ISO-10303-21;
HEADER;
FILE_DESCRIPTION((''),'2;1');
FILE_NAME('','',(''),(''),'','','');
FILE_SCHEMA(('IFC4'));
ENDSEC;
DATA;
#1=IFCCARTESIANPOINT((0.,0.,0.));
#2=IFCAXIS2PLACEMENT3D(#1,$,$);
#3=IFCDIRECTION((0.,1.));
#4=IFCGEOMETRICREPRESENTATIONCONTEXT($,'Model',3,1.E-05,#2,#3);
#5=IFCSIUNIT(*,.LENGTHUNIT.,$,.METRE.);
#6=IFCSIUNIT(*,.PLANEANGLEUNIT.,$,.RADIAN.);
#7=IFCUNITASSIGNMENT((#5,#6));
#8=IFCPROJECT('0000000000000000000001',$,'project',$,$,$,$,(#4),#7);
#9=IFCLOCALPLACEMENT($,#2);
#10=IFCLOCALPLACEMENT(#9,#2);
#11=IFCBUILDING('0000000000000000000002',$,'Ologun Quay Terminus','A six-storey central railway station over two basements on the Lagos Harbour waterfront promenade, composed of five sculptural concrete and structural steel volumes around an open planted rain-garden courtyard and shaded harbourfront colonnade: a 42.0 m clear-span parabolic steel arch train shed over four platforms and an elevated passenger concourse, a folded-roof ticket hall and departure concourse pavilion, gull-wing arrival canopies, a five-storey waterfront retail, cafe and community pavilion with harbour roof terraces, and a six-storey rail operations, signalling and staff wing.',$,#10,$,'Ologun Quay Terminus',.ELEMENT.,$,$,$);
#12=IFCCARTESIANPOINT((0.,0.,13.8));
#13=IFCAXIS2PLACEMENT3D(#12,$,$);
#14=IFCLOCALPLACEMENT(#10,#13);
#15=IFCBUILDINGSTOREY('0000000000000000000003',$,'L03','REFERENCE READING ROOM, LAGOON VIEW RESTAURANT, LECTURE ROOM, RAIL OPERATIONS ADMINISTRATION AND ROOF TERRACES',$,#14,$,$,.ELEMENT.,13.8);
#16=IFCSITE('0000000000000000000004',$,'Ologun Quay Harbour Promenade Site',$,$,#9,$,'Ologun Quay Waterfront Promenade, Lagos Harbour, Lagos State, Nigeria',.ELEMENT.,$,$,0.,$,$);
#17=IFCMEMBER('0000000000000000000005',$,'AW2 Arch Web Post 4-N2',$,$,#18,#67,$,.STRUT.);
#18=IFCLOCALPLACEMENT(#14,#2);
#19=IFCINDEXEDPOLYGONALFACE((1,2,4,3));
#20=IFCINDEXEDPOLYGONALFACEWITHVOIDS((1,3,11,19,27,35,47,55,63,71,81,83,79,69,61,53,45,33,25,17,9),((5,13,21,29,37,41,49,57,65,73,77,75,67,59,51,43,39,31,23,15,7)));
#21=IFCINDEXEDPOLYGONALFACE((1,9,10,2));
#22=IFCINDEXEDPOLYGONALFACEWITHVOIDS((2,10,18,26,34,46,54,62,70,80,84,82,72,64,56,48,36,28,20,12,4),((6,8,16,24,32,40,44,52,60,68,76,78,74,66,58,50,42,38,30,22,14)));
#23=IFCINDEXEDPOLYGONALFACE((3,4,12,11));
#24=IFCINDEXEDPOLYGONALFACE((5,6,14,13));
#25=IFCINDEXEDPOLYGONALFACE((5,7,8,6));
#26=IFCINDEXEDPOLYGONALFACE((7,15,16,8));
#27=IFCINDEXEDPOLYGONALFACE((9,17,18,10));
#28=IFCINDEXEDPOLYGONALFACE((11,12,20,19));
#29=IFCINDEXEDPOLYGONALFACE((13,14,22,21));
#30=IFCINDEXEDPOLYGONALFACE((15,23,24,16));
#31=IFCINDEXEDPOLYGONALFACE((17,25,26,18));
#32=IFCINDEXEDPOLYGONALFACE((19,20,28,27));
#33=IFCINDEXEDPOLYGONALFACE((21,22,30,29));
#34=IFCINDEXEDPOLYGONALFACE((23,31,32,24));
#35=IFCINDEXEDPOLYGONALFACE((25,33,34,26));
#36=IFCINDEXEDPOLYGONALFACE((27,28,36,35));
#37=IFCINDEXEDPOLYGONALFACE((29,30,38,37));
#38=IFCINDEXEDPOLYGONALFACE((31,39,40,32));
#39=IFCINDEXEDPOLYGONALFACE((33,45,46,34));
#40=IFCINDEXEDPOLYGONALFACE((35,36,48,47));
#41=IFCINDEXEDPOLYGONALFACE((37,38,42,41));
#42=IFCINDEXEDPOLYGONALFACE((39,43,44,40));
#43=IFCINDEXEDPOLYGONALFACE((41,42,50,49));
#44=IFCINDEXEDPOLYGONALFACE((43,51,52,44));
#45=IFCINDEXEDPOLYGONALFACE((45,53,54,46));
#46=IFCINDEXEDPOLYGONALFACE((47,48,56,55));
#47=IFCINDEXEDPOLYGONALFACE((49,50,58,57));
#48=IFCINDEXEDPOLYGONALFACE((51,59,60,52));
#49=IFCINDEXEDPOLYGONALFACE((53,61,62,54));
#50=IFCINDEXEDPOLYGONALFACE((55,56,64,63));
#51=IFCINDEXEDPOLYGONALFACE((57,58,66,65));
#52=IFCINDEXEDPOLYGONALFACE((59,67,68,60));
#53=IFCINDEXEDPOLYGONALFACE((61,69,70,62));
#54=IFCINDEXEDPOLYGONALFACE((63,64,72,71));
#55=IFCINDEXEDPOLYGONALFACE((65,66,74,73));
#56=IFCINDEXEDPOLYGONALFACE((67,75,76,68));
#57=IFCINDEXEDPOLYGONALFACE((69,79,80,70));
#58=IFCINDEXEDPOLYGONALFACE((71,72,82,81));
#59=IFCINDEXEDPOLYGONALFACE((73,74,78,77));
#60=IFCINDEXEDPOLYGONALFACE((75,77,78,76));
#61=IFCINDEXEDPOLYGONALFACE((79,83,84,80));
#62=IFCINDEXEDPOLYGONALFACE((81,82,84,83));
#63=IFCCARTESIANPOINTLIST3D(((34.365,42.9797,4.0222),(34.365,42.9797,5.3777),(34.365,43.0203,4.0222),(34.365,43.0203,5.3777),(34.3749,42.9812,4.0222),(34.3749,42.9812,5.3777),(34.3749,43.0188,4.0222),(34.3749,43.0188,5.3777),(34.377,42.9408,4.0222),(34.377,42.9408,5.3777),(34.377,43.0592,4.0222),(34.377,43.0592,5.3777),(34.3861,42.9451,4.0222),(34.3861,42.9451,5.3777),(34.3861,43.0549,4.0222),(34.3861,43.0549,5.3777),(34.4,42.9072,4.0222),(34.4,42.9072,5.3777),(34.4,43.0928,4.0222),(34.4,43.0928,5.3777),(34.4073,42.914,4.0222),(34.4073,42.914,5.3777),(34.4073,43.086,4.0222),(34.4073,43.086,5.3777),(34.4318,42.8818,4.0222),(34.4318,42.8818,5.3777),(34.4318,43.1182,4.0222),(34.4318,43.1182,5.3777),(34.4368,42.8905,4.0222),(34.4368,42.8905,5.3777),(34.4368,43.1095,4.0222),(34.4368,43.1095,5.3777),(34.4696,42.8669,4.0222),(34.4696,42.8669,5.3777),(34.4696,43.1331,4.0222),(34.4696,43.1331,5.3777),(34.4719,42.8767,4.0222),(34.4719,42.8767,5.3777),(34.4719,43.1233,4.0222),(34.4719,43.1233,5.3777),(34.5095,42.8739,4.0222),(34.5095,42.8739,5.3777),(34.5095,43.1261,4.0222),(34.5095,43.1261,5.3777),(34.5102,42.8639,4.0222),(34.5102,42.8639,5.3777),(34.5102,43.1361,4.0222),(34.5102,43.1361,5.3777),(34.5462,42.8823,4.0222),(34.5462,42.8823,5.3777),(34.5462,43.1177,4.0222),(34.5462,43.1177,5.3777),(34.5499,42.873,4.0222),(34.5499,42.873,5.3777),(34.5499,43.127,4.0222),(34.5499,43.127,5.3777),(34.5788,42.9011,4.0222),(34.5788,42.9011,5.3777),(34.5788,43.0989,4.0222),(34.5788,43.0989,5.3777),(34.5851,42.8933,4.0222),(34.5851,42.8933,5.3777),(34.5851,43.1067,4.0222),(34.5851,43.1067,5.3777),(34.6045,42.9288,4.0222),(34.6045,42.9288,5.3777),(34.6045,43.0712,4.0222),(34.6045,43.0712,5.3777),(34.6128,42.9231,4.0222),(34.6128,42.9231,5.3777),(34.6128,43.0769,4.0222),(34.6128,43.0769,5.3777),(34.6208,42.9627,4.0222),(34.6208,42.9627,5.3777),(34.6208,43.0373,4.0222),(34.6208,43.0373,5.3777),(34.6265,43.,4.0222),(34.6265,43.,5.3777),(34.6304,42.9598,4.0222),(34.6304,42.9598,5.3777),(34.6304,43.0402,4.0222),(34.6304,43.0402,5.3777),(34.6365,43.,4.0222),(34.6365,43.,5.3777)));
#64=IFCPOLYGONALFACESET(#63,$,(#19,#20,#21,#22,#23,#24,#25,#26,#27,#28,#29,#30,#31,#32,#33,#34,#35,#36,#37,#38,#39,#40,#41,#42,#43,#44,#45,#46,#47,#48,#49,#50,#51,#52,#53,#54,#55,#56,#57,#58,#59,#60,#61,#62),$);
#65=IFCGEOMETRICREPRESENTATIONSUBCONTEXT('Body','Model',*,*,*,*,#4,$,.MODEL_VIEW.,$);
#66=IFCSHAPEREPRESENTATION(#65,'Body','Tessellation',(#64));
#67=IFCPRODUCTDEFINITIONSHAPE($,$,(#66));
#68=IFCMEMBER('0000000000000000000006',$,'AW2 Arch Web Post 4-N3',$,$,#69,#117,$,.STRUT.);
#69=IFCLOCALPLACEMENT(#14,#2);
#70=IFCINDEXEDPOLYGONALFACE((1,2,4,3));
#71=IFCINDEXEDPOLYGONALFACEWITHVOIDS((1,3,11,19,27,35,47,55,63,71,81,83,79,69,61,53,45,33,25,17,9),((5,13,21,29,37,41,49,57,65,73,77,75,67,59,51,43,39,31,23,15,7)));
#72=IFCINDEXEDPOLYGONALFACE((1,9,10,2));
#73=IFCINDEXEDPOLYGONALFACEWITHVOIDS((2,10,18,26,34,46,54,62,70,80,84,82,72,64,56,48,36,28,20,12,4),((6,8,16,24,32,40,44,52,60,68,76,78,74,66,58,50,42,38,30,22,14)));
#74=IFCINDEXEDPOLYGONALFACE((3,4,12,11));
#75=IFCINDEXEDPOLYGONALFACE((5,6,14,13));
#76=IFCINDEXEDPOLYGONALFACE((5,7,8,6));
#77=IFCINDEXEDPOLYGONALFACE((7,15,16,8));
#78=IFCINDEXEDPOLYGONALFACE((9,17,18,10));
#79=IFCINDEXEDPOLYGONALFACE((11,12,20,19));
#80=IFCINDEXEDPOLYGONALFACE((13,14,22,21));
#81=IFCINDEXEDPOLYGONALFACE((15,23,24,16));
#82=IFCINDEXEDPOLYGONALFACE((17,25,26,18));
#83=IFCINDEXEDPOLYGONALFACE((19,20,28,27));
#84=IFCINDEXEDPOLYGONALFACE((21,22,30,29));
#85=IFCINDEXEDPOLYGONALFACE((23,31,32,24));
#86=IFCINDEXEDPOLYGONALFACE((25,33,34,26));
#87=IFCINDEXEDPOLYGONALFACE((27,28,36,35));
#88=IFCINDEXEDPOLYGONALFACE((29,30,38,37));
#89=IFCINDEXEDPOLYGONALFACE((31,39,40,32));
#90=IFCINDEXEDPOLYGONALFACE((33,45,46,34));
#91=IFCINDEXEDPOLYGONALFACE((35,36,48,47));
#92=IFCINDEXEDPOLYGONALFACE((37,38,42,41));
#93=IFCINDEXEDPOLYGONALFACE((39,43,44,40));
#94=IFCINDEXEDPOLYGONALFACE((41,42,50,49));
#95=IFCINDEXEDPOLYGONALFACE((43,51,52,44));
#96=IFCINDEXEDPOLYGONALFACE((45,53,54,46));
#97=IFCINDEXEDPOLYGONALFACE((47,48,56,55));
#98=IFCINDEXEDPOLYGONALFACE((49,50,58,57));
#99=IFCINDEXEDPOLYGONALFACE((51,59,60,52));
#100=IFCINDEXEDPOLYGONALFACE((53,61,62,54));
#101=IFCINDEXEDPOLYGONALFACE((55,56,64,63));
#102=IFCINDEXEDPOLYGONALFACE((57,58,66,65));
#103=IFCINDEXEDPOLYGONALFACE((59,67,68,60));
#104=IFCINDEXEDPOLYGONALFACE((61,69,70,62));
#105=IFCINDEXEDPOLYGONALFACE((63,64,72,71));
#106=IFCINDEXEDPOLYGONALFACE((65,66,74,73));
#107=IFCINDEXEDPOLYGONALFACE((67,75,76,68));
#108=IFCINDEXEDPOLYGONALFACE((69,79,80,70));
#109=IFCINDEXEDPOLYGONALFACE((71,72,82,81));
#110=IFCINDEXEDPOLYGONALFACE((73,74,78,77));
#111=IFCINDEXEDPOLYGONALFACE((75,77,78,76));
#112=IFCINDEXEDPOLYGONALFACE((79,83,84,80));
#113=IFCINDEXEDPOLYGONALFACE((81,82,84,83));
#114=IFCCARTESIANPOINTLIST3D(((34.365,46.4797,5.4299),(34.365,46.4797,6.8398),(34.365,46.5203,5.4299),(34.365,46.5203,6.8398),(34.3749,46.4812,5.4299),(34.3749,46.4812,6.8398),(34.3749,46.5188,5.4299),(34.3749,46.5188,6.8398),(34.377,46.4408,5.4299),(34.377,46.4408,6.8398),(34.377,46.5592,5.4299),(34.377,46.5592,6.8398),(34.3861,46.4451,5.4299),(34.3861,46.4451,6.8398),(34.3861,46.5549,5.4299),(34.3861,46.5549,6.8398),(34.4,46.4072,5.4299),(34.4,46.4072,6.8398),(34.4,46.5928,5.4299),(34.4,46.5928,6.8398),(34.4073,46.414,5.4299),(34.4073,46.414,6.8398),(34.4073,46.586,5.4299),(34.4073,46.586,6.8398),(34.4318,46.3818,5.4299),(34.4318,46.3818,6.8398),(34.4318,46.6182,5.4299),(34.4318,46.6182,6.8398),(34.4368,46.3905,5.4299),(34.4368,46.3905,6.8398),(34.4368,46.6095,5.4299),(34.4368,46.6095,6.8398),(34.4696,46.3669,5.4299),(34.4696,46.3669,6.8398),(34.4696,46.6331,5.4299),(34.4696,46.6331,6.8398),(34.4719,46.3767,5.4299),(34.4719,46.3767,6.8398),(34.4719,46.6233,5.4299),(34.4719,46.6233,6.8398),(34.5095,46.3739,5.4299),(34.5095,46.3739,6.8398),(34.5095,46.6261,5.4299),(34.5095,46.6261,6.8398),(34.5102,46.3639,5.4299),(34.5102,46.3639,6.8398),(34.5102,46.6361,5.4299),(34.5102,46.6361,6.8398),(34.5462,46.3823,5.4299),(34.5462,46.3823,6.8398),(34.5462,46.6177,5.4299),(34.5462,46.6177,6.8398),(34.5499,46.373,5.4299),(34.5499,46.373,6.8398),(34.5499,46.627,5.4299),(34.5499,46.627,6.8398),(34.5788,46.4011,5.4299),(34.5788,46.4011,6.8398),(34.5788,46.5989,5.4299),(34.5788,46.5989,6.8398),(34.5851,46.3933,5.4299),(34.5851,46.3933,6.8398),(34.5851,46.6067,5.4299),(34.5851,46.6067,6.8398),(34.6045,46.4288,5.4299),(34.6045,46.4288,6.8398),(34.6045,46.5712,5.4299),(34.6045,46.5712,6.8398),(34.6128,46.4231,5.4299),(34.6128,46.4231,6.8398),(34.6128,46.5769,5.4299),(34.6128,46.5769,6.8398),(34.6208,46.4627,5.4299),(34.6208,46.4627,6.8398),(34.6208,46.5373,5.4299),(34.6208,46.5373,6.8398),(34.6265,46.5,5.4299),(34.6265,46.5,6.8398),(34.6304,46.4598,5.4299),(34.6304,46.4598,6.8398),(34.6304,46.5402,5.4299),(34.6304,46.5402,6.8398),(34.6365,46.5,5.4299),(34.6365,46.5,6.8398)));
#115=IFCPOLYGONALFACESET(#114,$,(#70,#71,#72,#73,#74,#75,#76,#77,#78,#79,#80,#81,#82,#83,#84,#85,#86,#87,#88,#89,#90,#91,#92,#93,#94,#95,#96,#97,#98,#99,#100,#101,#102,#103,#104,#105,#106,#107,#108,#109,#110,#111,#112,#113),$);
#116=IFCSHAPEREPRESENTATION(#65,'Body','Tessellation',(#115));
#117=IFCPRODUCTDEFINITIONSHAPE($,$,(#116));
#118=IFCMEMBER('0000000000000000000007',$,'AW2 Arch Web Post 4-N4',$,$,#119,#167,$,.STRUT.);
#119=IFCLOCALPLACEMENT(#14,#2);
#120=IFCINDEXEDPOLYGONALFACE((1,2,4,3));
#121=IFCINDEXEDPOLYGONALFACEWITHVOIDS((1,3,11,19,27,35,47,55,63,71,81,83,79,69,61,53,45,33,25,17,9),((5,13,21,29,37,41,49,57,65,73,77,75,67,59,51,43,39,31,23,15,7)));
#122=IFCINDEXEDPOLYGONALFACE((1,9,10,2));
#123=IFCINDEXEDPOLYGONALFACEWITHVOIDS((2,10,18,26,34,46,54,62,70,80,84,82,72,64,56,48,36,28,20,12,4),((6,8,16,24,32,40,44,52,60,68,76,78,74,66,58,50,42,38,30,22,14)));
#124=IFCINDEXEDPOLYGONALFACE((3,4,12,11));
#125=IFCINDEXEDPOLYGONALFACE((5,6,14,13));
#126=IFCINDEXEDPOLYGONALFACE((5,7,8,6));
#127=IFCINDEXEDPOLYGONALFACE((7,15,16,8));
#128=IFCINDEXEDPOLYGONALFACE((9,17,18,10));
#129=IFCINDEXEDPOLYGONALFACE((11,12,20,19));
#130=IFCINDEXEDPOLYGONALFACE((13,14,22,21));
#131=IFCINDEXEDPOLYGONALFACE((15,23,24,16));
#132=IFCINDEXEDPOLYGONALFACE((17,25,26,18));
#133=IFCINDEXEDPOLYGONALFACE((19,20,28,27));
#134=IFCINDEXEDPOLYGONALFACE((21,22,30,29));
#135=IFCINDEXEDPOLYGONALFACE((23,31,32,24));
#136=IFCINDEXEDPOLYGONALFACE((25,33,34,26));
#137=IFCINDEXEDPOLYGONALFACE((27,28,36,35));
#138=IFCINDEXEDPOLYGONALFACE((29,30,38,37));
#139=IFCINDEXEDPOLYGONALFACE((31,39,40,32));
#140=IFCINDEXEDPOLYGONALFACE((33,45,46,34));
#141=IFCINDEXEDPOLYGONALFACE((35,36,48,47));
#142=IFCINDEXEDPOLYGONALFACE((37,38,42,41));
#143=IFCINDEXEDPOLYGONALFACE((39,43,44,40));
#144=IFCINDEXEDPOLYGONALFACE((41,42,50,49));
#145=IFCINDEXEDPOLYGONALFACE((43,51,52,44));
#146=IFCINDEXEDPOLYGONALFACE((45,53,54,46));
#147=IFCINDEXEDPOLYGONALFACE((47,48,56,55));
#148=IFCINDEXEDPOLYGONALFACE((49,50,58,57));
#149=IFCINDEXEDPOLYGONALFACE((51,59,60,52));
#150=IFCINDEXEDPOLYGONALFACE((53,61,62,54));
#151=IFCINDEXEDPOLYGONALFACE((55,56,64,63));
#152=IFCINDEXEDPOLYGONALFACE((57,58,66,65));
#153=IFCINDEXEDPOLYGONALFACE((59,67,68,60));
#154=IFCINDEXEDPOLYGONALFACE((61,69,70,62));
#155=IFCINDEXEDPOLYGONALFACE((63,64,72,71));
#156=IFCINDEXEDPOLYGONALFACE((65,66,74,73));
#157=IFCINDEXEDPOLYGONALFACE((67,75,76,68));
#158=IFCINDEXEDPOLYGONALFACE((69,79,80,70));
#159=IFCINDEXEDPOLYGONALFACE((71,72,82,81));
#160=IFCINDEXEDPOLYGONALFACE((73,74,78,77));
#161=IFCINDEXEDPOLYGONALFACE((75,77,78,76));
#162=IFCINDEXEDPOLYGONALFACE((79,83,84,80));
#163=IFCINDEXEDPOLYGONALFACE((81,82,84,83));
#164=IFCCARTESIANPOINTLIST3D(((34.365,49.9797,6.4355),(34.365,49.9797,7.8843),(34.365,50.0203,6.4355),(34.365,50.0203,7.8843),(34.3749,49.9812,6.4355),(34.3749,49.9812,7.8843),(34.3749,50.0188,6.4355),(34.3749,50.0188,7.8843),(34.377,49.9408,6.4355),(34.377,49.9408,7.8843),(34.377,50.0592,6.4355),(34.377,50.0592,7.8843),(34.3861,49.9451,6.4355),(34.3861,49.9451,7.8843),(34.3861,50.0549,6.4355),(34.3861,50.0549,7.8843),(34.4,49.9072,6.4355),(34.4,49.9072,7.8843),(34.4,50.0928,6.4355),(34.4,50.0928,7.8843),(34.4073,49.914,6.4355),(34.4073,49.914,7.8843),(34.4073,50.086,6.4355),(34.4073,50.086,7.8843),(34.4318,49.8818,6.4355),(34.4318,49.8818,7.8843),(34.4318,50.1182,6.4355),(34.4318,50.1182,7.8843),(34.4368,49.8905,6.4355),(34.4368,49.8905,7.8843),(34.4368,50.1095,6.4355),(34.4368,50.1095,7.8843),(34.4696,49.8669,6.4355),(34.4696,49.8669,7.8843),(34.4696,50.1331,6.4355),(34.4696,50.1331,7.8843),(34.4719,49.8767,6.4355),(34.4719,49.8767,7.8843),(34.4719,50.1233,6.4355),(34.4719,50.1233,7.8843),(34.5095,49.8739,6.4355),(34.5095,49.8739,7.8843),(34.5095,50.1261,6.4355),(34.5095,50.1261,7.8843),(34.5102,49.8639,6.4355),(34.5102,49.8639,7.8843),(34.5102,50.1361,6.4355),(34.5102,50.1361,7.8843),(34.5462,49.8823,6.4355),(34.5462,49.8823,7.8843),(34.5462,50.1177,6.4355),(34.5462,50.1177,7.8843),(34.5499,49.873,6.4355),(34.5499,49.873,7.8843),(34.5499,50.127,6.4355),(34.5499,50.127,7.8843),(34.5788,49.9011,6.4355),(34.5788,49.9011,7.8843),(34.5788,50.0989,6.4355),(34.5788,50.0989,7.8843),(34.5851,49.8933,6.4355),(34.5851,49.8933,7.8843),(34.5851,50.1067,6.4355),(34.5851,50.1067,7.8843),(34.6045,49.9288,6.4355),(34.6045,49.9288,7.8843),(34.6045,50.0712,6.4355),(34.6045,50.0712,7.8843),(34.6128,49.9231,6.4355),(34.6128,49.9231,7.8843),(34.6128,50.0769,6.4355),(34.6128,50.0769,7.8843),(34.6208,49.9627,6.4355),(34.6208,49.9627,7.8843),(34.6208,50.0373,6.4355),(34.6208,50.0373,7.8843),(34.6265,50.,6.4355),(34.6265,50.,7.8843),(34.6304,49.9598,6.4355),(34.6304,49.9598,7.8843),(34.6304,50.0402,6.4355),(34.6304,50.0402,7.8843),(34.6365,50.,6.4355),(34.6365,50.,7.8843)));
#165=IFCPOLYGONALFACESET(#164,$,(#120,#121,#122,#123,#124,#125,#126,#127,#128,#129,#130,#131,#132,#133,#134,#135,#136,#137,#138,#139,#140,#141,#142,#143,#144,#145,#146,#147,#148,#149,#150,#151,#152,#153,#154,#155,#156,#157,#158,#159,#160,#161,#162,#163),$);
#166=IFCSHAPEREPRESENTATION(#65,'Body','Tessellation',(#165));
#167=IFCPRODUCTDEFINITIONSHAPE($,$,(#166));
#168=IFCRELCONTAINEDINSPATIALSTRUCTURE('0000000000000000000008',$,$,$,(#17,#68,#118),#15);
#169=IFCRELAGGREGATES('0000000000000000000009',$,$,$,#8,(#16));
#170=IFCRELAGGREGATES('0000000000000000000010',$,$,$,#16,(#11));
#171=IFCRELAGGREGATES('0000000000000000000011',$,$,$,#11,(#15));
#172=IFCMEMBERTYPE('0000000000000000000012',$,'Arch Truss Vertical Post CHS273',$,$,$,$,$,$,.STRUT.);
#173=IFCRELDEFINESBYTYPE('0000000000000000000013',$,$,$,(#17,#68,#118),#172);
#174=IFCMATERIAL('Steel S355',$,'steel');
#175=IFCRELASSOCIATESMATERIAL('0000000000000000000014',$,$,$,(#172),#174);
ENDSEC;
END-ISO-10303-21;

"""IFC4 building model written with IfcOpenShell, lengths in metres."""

from ifc_helpers import new_model, si_unit, direction, frame, origin, origin_2d, place, context, subcontext, project, spatial, hollow_circle, extrude, material, material_profile, profile_set, type_object, element, save


model = new_model("IFC4")

# Units and contexts
model_context = context("Model", 3, precision=1e-05, world=origin(), true_north=direction((0.0, 1.0)))
body_context = subcontext(model_context, "Body", "Model", "MODEL_VIEW")
ifc_project = project(units=[si_unit("LENGTHUNIT", "METRE"), si_unit("PLANEANGLEUNIT", "RADIAN")], contexts=[model_context])

# Site, building, storey
site_placement = place(None, origin())
site = spatial("IfcSite", under=ifc_project, at=site_placement, Name="Ologun Quay Harbour Promenade Site", LongName="Ologun Quay Waterfront Promenade, Lagos Harbour, Lagos State, Nigeria", CompositionType="ELEMENT", RefElevation=0.0)
building_placement = place(site_placement, origin())
building = spatial("IfcBuilding", under=site, at=building_placement, Name="Ologun Quay Terminus", Description="A six-storey central railway station over two basements on the Lagos Harbour waterfront promenade, composed of five sculptural concrete and structural steel volumes around an open planted rain-garden courtyard and shaded harbourfront colonnade: a 42.0 m clear-span parabolic steel arch train shed over four platforms and an elevated passenger concourse, a folded-roof ticket hall and departure concourse pavilion, gull-wing arrival canopies, a five-storey waterfront retail, cafe and community pavilion with harbour roof terraces, and a six-storey rail operations, signalling and staff wing.", LongName="Ologun Quay Terminus", CompositionType="ELEMENT")
storey_placement = place(building_placement, frame((0.0, 0.0, 13.8)))
storey = spatial("IfcBuildingStorey", under=building, at=storey_placement, Name="L03", Description="REFERENCE READING ROOM, LAGOON VIEW RESTAURANT, LECTURE ROOM, RAIL OPERATIONS ADMINISTRATION AND ROOF TERRACES", CompositionType="ELEMENT", Elevation=13.8)

# Members
ifc_material_1 = material(Name="Steel S355", Category="steel")
ifc_material_profile_1 = material_profile(ifc_material_1, hollow_circle(Radius=0.1365, WallThickness=0.01, at=origin_2d()), Name="CHS 273x10")
ifc_profile_set_1 = profile_set([ifc_material_profile_1], Name="Steel S355")
member_type_1 = type_object("IfcMemberType", Name="Arch Truss Vertical Post CHS273", PredefinedType="STRUT", material=ifc_profile_set_1)
member_1_placement = place(storey_placement, frame((34.5, 43.0, 4.0222), z_axis=(0.0, 0.0, 1.0), x_axis=(1.0, 0.0, 0.0)))
element("IfcMember", 1, at=member_1_placement, inside=storey, type_object=member_type_1, Name="AW2 Arch Web Post 4-N2", PredefinedType="STRUT", context=body_context, shape_type="SweptSolid", body=[
    extrude(hollow_circle(Radius=0.1365, WallThickness=0.01, at=origin_2d()), origin(), (0.0, 0.0, 1.0), 1.3555),
])
member_2_placement = place(storey_placement, frame((34.5, 46.5, 5.4299), z_axis=(0.0, 0.0, 1.0), x_axis=(1.0, 0.0, 0.0)))
element("IfcMember", 2, at=member_2_placement, inside=storey, type_object=member_type_1, Name="AW2 Arch Web Post 4-N3", PredefinedType="STRUT", context=body_context, shape_type="SweptSolid", body=[
    extrude(hollow_circle(Radius=0.1365, WallThickness=0.01, at=origin_2d()), origin(), (0.0, 0.0, 1.0), 1.4099),
])
member_3_placement = place(storey_placement, frame((34.5, 50.0, 6.4355), z_axis=(0.0, 0.0, 1.0), x_axis=(1.0, 0.0, 0.0)))
element("IfcMember", 3, at=member_3_placement, inside=storey, type_object=member_type_1, Name="AW2 Arch Web Post 4-N4", PredefinedType="STRUT", context=body_context, shape_type="SweptSolid", body=[
    extrude(hollow_circle(Radius=0.1365, WallThickness=0.01, at=origin_2d()), origin(), (0.0, 0.0, 1.0), 1.4487),
])

save(model, "model.ifc")
